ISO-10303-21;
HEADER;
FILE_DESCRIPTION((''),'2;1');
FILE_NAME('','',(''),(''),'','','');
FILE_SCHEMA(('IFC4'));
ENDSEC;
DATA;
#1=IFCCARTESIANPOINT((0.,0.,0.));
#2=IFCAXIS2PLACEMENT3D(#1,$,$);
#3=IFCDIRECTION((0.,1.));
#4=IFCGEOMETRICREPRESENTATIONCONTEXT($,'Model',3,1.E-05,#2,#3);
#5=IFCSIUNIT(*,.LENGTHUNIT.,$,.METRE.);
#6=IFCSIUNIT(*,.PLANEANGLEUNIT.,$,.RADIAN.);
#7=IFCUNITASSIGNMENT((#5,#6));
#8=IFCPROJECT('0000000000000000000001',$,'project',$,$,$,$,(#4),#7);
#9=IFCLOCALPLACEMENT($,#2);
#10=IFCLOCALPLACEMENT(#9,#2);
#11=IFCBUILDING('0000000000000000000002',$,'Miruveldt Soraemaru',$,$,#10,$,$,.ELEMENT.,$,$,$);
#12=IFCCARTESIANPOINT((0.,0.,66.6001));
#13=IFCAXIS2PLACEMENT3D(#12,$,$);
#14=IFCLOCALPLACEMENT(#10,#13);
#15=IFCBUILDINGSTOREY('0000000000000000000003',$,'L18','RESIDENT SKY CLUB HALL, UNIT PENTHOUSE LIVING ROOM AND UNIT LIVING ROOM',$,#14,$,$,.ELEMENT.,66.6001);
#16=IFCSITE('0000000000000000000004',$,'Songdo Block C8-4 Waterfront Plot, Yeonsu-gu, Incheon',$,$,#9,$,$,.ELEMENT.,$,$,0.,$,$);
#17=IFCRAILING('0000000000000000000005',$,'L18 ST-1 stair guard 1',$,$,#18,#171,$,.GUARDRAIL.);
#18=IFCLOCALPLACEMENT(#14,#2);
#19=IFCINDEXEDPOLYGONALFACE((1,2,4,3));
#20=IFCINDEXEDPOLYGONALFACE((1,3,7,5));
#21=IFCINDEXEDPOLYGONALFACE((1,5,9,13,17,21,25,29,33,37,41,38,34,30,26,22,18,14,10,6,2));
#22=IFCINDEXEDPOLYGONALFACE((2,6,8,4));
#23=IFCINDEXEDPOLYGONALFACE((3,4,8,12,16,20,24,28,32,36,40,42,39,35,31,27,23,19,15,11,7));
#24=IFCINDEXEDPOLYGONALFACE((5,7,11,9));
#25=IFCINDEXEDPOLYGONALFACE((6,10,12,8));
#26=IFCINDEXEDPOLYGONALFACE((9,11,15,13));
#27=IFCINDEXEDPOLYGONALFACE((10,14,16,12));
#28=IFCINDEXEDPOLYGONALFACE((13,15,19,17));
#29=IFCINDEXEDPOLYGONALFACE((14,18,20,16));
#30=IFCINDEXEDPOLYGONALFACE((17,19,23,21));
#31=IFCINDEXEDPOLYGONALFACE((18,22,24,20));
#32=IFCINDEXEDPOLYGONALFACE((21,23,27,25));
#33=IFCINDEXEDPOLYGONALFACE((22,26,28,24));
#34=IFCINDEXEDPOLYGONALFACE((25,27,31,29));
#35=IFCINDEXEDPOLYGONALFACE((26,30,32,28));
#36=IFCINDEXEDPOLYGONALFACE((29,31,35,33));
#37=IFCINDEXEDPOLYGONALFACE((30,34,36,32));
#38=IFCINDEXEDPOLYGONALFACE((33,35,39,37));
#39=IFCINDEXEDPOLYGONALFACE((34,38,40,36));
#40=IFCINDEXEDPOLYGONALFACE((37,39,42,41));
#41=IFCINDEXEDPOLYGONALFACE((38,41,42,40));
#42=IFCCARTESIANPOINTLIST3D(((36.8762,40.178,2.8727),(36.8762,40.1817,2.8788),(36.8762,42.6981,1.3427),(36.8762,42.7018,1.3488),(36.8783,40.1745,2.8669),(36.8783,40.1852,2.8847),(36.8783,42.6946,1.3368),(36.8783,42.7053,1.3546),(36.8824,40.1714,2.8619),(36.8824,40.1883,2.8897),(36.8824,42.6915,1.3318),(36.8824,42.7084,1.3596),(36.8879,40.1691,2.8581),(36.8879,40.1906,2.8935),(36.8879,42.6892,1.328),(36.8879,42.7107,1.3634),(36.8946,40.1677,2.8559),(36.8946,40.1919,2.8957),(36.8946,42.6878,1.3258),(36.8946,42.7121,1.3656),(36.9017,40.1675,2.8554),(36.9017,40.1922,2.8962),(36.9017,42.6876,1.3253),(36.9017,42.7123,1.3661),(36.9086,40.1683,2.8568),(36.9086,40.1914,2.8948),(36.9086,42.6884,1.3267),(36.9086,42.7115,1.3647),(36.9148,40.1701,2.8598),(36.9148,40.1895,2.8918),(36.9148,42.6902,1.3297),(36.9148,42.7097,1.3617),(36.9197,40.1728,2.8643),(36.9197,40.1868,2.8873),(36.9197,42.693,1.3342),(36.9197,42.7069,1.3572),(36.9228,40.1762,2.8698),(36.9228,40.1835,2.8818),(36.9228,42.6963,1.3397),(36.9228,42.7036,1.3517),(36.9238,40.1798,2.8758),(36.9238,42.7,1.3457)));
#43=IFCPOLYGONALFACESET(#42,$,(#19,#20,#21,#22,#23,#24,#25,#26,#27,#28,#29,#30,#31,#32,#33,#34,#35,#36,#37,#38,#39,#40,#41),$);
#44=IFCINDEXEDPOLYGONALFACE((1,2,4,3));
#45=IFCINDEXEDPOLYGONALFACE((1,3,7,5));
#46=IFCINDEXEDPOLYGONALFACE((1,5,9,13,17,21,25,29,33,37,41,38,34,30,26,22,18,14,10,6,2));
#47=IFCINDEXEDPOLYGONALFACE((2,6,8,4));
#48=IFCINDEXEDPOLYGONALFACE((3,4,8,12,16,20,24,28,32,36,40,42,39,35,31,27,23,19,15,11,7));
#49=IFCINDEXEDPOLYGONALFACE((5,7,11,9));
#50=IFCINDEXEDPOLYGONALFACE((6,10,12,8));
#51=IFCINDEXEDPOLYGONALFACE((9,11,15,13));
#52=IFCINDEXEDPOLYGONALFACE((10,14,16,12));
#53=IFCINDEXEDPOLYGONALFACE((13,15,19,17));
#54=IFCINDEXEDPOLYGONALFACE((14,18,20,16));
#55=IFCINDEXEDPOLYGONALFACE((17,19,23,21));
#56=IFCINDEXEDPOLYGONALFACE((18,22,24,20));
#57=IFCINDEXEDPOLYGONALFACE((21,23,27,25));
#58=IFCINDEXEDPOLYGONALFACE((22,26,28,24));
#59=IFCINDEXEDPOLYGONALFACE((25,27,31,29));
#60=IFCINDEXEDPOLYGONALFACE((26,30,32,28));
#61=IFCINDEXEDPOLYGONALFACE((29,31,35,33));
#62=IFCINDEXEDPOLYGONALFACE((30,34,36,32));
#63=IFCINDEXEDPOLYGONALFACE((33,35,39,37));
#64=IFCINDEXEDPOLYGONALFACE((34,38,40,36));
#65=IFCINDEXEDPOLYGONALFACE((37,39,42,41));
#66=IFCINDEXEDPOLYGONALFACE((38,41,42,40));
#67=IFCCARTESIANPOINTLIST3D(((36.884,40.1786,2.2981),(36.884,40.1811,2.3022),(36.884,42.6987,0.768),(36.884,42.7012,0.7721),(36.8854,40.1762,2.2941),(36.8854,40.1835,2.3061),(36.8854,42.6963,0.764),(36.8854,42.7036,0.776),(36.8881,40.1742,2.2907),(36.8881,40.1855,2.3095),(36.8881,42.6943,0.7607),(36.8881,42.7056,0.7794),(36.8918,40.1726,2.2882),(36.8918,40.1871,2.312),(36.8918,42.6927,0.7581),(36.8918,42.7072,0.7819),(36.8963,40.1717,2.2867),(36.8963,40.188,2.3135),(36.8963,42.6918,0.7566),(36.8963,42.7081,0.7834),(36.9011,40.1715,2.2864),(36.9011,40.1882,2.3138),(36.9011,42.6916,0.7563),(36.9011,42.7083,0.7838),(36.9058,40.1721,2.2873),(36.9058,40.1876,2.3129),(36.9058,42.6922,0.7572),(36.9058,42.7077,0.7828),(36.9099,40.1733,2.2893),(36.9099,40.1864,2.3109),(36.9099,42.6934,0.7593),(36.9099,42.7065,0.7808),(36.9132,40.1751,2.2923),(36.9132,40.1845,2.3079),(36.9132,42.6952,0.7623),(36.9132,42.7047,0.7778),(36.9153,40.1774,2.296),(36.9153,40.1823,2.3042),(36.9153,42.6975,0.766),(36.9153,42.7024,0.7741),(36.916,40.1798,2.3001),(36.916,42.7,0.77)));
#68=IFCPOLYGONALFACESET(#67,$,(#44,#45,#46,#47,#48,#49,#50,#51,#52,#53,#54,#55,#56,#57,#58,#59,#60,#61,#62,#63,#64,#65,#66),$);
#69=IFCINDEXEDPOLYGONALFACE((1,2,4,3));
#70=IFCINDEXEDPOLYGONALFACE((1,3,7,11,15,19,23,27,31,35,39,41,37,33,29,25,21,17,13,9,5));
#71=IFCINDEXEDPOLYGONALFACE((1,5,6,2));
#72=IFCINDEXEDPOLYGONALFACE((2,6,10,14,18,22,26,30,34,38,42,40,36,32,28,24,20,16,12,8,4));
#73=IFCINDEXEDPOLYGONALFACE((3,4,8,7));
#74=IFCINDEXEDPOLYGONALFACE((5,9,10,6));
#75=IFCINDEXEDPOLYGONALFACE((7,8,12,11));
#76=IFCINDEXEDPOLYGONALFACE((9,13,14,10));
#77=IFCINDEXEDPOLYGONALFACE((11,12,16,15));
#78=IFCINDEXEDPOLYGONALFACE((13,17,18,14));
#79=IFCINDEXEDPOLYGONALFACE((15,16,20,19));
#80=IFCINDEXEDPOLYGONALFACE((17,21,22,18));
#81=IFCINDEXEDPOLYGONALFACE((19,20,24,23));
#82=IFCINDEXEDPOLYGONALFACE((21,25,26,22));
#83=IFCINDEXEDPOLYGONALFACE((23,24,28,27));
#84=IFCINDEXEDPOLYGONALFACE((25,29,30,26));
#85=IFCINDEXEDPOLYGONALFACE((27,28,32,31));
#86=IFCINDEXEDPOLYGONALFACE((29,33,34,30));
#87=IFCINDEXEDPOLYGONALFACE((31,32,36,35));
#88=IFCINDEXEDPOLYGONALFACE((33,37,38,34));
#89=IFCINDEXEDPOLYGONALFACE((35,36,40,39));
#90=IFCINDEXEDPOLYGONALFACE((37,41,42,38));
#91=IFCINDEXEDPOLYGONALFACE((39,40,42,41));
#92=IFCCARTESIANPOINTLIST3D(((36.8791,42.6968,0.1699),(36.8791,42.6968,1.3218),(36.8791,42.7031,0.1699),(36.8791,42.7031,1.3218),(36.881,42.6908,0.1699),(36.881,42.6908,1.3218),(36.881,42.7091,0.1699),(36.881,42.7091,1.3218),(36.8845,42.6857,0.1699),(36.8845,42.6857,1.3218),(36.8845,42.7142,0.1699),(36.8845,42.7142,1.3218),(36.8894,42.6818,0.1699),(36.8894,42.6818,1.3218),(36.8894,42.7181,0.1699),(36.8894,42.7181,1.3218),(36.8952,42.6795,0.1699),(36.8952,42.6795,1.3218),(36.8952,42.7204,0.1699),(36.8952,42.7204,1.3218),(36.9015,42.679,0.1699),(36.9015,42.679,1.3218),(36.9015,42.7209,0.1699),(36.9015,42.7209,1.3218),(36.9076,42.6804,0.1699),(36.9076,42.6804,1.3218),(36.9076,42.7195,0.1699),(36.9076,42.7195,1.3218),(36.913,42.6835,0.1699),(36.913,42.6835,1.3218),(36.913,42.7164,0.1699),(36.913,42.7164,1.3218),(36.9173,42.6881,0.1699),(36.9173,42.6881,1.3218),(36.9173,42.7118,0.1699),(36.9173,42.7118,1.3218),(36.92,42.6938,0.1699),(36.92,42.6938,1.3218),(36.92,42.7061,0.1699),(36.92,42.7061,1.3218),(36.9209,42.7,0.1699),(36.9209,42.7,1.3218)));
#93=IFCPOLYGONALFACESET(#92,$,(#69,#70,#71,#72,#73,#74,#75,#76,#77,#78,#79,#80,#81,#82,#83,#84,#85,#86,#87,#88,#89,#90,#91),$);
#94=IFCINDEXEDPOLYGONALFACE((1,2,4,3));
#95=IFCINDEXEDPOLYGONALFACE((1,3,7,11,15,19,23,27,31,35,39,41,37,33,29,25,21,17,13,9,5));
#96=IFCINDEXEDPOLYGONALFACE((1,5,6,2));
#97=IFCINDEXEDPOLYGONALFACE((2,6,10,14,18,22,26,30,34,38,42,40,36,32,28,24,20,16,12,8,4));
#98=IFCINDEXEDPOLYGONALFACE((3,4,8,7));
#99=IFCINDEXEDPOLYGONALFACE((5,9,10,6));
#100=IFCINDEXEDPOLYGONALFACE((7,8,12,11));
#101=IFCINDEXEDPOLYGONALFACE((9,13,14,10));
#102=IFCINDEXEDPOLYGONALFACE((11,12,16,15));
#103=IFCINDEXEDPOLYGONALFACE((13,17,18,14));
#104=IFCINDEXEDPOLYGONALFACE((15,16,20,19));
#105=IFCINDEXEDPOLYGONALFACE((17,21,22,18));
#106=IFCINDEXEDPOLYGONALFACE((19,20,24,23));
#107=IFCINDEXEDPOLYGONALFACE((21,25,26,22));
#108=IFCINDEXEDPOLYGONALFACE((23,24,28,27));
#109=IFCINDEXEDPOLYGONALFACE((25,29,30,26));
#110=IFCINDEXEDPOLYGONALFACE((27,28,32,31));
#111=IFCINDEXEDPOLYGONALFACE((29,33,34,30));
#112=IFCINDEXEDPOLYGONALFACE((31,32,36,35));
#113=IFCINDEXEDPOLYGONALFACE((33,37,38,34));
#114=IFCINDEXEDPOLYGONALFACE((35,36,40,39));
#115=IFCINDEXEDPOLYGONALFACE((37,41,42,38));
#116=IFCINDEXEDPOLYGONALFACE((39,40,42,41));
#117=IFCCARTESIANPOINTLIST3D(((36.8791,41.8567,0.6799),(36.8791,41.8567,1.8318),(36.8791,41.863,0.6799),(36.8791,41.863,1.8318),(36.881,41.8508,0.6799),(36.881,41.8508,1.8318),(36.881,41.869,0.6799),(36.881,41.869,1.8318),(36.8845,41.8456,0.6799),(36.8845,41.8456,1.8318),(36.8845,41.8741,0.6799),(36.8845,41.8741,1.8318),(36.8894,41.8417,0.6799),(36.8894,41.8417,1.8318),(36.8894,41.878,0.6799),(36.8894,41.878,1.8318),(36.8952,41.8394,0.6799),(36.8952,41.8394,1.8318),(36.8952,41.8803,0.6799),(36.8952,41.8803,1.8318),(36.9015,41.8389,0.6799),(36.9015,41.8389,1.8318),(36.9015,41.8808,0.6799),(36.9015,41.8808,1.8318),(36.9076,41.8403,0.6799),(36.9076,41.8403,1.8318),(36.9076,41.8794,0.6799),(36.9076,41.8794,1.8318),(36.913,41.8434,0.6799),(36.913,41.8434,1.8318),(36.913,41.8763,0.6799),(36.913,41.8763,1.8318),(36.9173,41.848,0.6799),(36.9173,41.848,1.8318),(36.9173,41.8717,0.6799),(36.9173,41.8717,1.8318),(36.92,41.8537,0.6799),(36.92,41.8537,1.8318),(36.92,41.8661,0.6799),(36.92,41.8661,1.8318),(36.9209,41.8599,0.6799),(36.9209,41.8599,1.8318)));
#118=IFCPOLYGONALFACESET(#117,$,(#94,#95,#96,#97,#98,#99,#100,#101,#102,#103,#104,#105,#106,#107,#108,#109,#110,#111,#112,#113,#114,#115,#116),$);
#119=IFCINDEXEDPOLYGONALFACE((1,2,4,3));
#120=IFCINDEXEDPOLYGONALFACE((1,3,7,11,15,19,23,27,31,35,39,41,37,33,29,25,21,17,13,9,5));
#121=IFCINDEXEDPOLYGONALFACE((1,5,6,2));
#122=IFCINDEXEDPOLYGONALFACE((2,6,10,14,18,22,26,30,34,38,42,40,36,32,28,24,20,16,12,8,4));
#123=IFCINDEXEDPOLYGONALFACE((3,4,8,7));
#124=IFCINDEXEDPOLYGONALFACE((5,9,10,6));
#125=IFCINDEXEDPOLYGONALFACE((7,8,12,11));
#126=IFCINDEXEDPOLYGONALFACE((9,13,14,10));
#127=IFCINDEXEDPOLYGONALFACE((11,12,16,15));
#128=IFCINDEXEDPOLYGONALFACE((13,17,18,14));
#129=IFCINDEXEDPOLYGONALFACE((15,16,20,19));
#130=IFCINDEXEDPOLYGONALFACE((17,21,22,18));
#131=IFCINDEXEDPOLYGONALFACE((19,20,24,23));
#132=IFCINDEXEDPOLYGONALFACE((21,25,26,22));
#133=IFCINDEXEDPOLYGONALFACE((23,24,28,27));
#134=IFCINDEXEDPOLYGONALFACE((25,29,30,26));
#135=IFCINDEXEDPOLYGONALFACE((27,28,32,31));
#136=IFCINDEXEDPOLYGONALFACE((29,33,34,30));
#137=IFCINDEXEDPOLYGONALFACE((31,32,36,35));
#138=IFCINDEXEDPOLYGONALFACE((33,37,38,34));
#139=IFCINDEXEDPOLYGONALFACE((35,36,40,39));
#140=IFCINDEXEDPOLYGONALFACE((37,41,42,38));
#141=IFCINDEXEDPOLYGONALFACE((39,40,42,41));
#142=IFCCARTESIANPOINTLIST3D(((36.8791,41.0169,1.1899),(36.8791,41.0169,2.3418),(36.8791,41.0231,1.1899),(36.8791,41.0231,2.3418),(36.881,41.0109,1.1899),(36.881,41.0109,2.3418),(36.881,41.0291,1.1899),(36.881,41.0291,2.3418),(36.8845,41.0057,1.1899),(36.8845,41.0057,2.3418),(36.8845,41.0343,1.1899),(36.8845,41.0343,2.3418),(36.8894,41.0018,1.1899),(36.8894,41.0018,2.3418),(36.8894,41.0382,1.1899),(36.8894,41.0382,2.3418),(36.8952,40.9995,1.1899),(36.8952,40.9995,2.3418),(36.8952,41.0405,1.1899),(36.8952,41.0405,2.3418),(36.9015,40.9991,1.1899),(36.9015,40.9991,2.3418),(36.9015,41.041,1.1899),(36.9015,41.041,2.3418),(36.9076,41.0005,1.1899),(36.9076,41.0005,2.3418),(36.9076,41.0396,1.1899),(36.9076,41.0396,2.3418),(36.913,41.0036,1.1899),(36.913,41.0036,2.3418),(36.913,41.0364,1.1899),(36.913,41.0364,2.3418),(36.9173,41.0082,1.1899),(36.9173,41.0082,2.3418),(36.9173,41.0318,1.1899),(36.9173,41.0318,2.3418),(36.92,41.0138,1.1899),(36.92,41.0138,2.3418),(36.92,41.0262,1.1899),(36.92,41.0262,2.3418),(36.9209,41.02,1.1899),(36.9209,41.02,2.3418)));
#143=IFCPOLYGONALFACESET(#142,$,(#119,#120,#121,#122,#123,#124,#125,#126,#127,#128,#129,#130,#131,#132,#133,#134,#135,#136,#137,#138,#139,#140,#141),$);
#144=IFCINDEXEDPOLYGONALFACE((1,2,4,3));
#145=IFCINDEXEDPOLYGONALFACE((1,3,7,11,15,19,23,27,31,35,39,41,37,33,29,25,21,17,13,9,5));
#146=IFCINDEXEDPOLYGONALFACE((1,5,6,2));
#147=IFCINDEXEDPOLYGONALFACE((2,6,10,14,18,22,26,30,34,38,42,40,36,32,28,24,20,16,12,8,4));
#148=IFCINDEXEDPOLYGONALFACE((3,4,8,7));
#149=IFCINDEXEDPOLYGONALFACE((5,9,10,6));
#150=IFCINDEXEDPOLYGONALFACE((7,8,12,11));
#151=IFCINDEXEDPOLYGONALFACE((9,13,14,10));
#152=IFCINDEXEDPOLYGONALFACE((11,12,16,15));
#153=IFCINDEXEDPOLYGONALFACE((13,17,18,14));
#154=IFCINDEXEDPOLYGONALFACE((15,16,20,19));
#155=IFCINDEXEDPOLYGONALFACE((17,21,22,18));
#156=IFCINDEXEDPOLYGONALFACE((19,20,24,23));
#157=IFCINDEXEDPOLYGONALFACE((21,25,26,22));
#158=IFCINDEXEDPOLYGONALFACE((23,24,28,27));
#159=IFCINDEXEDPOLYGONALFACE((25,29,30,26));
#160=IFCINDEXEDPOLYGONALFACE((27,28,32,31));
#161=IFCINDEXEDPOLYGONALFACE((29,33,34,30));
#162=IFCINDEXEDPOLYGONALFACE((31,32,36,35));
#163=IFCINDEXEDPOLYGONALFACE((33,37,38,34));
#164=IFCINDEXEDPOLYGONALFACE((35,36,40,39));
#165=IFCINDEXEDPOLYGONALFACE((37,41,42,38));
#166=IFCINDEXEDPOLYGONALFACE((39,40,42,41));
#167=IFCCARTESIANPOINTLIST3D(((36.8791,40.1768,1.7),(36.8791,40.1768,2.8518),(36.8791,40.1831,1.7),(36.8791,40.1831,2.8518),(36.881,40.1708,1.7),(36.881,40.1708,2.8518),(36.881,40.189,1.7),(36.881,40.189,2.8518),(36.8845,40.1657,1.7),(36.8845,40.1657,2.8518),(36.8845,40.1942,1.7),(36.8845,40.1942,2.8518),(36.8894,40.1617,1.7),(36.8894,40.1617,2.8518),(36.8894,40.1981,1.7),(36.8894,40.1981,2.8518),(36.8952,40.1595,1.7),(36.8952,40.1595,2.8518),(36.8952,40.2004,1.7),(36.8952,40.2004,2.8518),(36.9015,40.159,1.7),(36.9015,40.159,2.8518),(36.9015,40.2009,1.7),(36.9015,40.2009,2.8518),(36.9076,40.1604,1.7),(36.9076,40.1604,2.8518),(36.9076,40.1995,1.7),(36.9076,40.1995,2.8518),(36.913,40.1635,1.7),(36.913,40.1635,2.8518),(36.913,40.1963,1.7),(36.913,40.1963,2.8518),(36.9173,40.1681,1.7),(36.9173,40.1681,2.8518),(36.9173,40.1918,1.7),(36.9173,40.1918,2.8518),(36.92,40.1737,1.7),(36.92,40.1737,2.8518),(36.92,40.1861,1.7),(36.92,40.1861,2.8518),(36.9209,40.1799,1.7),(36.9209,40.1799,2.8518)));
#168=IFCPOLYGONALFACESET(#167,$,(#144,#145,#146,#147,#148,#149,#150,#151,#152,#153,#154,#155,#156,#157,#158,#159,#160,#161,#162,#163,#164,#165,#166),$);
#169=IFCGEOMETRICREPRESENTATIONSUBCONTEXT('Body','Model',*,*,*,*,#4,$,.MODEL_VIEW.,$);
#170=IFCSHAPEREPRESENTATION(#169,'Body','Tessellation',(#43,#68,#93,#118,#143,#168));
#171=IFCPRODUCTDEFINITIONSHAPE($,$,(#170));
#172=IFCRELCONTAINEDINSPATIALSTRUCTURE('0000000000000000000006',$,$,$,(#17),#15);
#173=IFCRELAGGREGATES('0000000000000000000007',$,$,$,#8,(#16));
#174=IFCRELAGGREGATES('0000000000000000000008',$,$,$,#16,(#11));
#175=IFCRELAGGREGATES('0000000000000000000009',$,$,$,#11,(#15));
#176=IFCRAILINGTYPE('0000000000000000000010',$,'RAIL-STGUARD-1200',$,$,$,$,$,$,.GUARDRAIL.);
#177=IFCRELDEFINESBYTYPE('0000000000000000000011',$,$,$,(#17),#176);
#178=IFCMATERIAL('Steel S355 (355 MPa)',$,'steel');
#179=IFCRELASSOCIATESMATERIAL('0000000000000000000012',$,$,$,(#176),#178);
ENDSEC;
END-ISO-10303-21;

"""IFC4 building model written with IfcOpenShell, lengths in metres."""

from ifc_helpers import new_model, si_unit, direction, frame, origin, origin_2d, place, context, subcontext, project, spatial, circle, extrude, material, type_object, element, save


model = new_model("IFC4")

# Units and contexts
model_context = context("Model", 3, precision=1e-05, world=origin(), true_north=direction((0.0, 1.0)))
body_context = subcontext(model_context, "Body", "Model", "MODEL_VIEW")
ifc_project = project(units=[si_unit("LENGTHUNIT", "METRE"), si_unit("PLANEANGLEUNIT", "RADIAN")], contexts=[model_context])

# Site, building, storey
site_placement = place(None, origin())
site = spatial("IfcSite", under=ifc_project, at=site_placement, Name="Songdo Block C8-4 Waterfront Plot, Yeonsu-gu, Incheon", CompositionType="ELEMENT", RefElevation=0.0)
building_placement = place(site_placement, origin())
building = spatial("IfcBuilding", under=site, at=building_placement, Name="Miruveldt Soraemaru", CompositionType="ELEMENT")
storey_placement = place(building_placement, frame((0.0, 0.0, 66.6001)))
storey = spatial("IfcBuildingStorey", under=building, at=storey_placement, Name="L18", Description="RESIDENT SKY CLUB HALL, UNIT PENTHOUSE LIVING ROOM AND UNIT LIVING ROOM", CompositionType="ELEMENT", Elevation=66.6001)

# Railing
ifc_material_1 = material(Name="Steel S355 (355 MPa)", Category="steel")
railing_type_1 = type_object("IfcRailingType", Name="RAIL-STGUARD-1200", PredefinedType="GUARDRAIL", material=ifc_material_1)
railing_1_placement = place(storey_placement, frame((36.8999, 42.7, 0.1699)))
element("IfcRailing", 1, at=railing_1_placement, inside=storey, type_object=railing_type_1, Name="L18 ST-1 stair guard 1", PredefinedType="GUARDRAIL", context=body_context, shape_type="SweptSolid", body=[
    extrude(circle(Radius=0.0239, at=origin_2d()), frame((0.0, 0.0, 1.1758), z_axis=(0.0, -0.854785, 0.518982), x_axis=(1.0, 0.0, 0.0)), (0.0, 0.0, 1.0), 2.9482),
    extrude(circle(Radius=0.0161, at=origin_2d()), frame((0.0, 0.0, 0.6001), z_axis=(0.0, -0.854785, 0.518982), x_axis=(1.0, 0.0, 0.0)), (0.0, 0.0, 1.0), 2.9482),
    extrude(circle(Radius=0.021, at=origin_2d()), origin(), (0.0, 0.0, 1.0), 1.1519),
    extrude(circle(Radius=0.021, at=origin_2d()), frame((0.0, -0.8401, 0.51)), (0.0, 0.0, 1.0), 1.1519),
    extrude(circle(Radius=0.021, at=origin_2d()), frame((0.0, -1.6799, 1.02)), (0.0, 0.0, 1.0), 1.1519),
    extrude(circle(Radius=0.021, at=origin_2d()), frame((0.0, -2.52, 1.53)), (0.0, 0.0, 1.0), 1.1519),
])

save(model, "model.ifc")
